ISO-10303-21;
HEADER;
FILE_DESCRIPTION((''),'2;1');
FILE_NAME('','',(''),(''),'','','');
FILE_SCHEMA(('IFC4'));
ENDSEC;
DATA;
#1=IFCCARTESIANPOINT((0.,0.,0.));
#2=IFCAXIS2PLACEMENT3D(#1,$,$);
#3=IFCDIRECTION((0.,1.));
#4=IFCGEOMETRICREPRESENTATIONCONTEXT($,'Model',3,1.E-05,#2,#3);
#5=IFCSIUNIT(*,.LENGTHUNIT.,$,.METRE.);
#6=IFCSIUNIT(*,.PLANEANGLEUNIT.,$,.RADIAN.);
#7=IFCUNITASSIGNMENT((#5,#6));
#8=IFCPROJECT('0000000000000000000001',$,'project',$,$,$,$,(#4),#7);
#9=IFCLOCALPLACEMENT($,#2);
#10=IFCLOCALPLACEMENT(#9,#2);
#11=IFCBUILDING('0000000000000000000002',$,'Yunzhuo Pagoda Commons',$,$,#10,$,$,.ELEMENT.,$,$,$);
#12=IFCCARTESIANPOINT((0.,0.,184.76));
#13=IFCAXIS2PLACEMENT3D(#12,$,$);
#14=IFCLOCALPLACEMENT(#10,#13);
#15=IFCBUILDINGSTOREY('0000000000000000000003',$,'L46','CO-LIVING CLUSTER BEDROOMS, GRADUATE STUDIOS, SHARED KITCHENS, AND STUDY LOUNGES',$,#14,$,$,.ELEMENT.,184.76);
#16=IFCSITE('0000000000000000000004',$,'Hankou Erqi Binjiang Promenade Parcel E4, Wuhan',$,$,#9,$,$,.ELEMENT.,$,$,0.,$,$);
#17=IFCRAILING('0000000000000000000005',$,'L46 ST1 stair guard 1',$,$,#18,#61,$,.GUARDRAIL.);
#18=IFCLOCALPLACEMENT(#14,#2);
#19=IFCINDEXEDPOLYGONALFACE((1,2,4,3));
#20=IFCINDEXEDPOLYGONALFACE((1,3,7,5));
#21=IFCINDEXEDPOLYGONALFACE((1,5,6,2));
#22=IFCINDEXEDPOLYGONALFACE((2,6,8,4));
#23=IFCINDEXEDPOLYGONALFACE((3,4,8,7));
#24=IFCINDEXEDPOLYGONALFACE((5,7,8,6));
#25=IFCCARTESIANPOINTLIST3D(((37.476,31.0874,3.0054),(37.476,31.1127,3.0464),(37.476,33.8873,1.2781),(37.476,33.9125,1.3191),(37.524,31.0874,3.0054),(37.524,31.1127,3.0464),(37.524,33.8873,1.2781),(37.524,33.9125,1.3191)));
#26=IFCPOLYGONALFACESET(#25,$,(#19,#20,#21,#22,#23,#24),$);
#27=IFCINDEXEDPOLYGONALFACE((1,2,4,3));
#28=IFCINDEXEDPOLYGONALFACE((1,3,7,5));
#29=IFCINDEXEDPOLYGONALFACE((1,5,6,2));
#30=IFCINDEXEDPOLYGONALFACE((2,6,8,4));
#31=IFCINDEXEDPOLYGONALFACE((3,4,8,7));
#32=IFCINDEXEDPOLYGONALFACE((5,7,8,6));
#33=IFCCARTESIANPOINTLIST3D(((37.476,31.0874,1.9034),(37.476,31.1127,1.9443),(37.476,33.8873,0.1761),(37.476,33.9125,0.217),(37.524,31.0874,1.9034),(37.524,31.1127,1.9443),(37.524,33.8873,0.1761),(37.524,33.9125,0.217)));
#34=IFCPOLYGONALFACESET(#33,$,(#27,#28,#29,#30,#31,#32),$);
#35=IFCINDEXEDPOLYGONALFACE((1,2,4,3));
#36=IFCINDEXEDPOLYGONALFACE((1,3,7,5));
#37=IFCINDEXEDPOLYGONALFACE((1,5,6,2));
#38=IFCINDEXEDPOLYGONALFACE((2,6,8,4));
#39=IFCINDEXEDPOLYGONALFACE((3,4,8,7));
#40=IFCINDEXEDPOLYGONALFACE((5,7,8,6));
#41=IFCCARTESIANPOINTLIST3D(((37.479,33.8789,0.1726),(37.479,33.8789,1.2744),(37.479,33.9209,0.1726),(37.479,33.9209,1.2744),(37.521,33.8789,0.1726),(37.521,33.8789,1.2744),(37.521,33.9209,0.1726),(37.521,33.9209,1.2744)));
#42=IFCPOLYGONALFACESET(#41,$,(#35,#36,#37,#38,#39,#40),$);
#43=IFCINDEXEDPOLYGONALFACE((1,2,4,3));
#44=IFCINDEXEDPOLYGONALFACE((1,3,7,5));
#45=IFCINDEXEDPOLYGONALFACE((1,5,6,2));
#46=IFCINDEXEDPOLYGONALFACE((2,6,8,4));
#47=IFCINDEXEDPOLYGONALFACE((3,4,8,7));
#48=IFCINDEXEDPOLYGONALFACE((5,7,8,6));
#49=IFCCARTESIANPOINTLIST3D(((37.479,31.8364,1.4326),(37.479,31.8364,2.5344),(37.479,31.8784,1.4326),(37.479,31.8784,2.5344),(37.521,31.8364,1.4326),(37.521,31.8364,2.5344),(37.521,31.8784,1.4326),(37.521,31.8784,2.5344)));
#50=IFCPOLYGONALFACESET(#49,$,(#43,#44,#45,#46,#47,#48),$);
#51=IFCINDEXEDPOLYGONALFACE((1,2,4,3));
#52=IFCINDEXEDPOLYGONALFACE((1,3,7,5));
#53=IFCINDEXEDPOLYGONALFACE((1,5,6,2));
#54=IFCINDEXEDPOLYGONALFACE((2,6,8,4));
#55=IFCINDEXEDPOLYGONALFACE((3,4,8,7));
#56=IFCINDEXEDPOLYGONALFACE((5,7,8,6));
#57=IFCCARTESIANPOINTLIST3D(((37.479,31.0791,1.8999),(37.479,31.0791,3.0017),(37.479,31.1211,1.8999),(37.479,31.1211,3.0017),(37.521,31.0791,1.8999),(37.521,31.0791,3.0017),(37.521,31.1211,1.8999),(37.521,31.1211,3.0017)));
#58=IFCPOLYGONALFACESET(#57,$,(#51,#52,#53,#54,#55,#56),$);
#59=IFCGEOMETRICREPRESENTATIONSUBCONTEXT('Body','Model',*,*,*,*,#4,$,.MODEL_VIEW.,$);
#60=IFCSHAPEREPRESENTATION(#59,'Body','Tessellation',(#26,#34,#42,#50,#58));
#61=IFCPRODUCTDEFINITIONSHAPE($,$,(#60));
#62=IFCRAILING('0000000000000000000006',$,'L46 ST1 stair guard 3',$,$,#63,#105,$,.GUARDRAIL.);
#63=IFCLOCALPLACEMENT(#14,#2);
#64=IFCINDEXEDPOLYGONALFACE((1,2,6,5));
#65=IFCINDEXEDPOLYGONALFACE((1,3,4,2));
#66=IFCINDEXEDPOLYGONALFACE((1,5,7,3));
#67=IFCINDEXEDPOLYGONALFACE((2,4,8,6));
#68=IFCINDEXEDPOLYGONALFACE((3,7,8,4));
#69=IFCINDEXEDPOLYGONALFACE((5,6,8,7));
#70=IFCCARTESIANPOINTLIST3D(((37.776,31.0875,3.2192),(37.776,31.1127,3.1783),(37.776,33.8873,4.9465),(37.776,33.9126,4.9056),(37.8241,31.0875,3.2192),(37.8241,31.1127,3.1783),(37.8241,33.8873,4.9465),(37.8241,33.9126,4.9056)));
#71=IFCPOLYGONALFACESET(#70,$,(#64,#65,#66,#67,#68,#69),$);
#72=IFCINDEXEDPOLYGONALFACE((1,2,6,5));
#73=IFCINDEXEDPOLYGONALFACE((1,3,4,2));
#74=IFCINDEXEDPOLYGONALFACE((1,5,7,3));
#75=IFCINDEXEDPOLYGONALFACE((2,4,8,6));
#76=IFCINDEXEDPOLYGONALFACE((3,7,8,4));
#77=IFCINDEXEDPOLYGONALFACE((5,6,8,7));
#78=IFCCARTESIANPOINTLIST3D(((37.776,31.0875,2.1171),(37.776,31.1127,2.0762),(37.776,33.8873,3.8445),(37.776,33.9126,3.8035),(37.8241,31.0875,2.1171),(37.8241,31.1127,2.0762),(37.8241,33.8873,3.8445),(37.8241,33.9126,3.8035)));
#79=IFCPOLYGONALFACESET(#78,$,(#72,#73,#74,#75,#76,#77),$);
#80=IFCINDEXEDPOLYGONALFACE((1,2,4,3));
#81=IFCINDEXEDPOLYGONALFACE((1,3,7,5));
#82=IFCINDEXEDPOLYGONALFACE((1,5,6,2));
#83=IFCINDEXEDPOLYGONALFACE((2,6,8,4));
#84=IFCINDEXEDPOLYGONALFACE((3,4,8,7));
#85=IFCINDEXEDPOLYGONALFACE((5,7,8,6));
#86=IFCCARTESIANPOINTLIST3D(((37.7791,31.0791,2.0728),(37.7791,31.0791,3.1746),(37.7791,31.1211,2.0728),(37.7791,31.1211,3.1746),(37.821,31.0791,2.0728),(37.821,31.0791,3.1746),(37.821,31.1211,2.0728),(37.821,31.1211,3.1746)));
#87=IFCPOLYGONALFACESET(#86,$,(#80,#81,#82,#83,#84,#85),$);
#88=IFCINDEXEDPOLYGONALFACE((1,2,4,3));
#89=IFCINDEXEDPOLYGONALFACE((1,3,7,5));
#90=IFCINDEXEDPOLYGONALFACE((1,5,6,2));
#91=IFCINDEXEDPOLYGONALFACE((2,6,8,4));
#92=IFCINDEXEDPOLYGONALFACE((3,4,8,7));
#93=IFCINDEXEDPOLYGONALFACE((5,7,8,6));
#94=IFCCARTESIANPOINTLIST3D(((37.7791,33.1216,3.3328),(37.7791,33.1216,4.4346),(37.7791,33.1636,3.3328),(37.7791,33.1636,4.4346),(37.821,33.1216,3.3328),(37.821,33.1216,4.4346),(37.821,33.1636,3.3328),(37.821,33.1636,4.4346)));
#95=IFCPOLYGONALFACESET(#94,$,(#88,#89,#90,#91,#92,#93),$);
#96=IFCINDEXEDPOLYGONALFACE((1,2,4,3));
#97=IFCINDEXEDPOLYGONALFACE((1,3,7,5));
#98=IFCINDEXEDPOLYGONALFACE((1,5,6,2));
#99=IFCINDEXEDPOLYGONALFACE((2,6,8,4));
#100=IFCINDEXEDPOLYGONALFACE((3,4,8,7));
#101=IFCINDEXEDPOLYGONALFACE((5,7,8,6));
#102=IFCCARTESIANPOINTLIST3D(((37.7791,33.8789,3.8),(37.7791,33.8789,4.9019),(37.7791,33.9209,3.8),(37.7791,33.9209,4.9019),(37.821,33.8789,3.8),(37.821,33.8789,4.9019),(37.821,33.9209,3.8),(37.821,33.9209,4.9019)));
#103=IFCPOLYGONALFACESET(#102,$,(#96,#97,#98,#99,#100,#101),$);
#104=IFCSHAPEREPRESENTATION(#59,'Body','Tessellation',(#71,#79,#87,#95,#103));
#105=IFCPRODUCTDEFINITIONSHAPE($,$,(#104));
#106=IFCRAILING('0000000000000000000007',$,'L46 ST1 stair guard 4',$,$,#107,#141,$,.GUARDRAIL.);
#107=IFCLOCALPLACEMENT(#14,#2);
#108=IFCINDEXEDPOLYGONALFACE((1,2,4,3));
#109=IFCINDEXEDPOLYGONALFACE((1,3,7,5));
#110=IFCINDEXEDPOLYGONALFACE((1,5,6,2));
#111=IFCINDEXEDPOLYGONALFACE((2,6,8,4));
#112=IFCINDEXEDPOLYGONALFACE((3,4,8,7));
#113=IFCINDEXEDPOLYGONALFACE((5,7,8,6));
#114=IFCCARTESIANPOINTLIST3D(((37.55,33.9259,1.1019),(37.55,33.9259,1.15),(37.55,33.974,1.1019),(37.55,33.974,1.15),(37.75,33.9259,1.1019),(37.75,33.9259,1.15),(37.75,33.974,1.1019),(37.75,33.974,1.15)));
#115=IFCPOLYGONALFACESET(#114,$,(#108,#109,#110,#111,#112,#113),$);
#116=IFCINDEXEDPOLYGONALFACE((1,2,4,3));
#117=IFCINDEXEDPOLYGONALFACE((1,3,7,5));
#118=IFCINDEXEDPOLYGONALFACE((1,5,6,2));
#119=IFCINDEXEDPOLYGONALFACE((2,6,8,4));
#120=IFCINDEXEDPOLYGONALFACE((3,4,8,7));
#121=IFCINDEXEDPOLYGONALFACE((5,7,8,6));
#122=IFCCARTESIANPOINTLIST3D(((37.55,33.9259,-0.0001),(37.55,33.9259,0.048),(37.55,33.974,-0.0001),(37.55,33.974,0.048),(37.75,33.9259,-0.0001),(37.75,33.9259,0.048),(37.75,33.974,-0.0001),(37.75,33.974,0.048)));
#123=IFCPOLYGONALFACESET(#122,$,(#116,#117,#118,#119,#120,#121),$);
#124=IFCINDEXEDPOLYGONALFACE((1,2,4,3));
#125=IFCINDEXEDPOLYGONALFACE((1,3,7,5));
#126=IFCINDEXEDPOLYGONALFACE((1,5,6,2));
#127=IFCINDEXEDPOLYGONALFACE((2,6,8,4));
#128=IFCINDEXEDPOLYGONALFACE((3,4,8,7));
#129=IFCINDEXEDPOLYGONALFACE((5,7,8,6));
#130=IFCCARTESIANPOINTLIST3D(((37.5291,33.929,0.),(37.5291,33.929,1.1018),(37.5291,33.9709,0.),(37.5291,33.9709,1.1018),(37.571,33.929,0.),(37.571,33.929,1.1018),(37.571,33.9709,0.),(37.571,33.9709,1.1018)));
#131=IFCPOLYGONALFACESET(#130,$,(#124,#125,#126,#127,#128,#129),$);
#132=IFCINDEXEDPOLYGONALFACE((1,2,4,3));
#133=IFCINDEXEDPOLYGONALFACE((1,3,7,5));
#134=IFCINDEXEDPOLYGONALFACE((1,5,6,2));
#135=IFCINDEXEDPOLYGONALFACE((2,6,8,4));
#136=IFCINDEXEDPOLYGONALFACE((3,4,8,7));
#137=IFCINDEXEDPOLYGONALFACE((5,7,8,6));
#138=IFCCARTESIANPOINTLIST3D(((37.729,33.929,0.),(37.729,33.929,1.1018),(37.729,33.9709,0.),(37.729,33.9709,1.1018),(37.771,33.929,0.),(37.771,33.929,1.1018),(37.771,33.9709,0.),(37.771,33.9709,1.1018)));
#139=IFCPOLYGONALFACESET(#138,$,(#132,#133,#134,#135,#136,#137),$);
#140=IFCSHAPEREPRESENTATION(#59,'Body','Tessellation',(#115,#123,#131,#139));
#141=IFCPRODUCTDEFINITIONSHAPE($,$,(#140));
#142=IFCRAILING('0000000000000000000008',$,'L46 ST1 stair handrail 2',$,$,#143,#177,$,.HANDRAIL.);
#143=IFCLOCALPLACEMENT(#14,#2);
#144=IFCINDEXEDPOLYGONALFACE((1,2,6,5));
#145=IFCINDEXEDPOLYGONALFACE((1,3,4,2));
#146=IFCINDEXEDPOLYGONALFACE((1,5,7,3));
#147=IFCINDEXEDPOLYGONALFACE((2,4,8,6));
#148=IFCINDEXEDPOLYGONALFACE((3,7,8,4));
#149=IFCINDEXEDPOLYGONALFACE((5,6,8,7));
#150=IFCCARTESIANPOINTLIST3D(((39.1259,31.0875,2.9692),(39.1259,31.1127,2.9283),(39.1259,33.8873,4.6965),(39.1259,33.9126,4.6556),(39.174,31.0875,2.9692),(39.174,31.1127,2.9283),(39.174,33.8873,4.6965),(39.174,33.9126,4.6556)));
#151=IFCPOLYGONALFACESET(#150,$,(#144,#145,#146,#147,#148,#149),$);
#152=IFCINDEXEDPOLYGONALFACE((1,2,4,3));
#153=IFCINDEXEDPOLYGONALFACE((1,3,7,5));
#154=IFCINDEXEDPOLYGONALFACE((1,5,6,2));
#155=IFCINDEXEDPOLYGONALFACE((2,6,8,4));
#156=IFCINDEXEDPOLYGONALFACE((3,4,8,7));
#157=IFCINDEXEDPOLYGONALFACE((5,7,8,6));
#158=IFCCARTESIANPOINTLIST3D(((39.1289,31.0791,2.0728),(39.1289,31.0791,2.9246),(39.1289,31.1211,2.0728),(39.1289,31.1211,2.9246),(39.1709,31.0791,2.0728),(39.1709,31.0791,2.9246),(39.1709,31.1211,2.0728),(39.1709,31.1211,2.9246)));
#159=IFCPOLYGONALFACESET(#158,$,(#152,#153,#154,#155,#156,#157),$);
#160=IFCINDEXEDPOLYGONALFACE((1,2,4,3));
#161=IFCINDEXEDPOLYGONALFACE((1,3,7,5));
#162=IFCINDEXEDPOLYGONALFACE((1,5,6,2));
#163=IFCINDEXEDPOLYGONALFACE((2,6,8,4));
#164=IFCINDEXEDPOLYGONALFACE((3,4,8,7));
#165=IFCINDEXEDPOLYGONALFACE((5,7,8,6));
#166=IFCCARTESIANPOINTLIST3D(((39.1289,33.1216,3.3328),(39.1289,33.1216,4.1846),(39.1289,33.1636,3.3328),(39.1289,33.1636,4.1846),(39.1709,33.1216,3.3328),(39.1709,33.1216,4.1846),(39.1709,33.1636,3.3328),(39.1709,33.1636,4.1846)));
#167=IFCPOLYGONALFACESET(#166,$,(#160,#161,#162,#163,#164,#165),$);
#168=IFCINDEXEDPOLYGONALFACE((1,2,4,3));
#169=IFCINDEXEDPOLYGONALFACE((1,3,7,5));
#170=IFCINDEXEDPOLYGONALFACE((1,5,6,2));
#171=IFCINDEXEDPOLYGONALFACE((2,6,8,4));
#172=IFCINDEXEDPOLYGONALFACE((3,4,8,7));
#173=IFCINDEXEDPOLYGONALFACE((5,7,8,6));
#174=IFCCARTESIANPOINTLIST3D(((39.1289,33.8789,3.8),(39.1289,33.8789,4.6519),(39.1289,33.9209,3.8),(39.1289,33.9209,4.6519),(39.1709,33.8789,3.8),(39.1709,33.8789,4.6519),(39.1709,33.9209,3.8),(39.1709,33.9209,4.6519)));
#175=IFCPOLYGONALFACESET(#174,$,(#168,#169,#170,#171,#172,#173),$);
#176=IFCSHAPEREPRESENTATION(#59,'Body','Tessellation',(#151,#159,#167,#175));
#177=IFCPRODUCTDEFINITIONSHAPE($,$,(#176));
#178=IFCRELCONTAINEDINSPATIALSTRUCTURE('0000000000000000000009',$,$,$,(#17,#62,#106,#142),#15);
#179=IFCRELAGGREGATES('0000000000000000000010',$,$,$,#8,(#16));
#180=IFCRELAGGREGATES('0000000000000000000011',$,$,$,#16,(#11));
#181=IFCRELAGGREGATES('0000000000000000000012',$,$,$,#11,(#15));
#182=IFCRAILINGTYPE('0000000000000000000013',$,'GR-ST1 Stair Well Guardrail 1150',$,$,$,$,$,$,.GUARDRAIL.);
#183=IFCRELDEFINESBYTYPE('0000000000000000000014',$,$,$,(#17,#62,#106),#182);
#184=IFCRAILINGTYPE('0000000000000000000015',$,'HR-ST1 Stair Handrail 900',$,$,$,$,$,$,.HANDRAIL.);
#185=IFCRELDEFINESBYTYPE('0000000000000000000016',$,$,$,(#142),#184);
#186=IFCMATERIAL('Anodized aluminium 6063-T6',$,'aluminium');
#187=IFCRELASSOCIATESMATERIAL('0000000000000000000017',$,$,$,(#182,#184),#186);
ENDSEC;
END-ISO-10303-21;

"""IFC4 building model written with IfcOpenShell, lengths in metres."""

from ifc_helpers import new_model, si_unit, direction, frame, origin, origin_2d, place, context, subcontext, project, spatial, rectangle, extrude, material, type_object, element, save


model = new_model("IFC4")

# Units and contexts
model_context = context("Model", 3, precision=1e-05, world=origin(), true_north=direction((0.0, 1.0)))
body_context = subcontext(model_context, "Body", "Model", "MODEL_VIEW")
ifc_project = project(units=[si_unit("LENGTHUNIT", "METRE"), si_unit("PLANEANGLEUNIT", "RADIAN")], contexts=[model_context])

# Site, building, storey
site_placement = place(None, origin())
site = spatial("IfcSite", under=ifc_project, at=site_placement, Name="Hankou Erqi Binjiang Promenade Parcel E4, Wuhan", CompositionType="ELEMENT", RefElevation=0.0)
building_placement = place(site_placement, origin())
building = spatial("IfcBuilding", under=site, at=building_placement, Name="Yunzhuo Pagoda Commons", CompositionType="ELEMENT")
storey_placement = place(building_placement, frame((0.0, 0.0, 184.76)))
storey = spatial("IfcBuildingStorey", under=building, at=storey_placement, Name="L46", Description="CO-LIVING CLUSTER BEDROOMS, GRADUATE STUDIOS, SHARED KITCHENS, AND STUDY LOUNGES", CompositionType="ELEMENT", Elevation=184.76)

# Railings
ifc_material_1 = material(Name="Anodized aluminium 6063-T6", Category="aluminium")
railing_type_1 = type_object("IfcRailingType", Name="GR-ST1 Stair Well Guardrail 1150", PredefinedType="GUARDRAIL", material=ifc_material_1)
railing_1_placement = place(storey_placement, frame((37.5, 33.8999, 0.1726)))
element("IfcRailing", 1, at=railing_1_placement, inside=storey, type_object=railing_type_1, Name="L46 ST1 stair guard 1", PredefinedType="GUARDRAIL", context=body_context, shape_type="SweptSolid", body=[
    extrude(rectangle(XDim=0.0481, YDim=0.0481, at=origin_2d()), frame((0.0, 0.0, 1.126), z_axis=(0.0, -0.851069, 0.525054), x_axis=(1.0, 0.0, 0.0)), (0.0, 0.0, 1.0), 3.2898),
    extrude(rectangle(XDim=0.0481, YDim=0.0481, at=origin_2d()), frame((0.0, 0.0, 0.0239), z_axis=(0.0, -0.851069, 0.525054), x_axis=(1.0, 0.0, 0.0)), (0.0, 0.0, 1.0), 3.2898),
    extrude(rectangle(XDim=0.042, YDim=0.042, at=origin_2d()), origin(), (0.0, 0.0, 1.0), 1.1018),
    extrude(rectangle(XDim=0.042, YDim=0.042, at=origin_2d()), frame((0.0, -2.0425, 1.26)), (0.0, 0.0, 1.0), 1.1018),
    extrude(rectangle(XDim=0.042, YDim=0.042, at=origin_2d()), frame((0.0, -2.7998, 1.7273)), (0.0, 0.0, 1.0), 1.1018),
])
railing_2_placement = place(storey_placement, frame((37.8, 31.1001, 2.0728)))
element("IfcRailing", 2, at=railing_2_placement, inside=storey, type_object=railing_type_1, Name="L46 ST1 stair guard 3", PredefinedType="GUARDRAIL", context=body_context, shape_type="SweptSolid", body=[
    extrude(rectangle(XDim=0.0481, YDim=0.0481, at=origin_2d()), frame((0.0, 0.0, 1.126), z_axis=(0.0, 0.851069, 0.525054), x_axis=(-1.0, 0.0, 0.0)), (0.0, 0.0, 1.0), 3.2898),
    extrude(rectangle(XDim=0.0481, YDim=0.0481, at=origin_2d()), frame((0.0, 0.0, 0.0239), z_axis=(0.0, 0.851069, 0.525054), x_axis=(-1.0, 0.0, 0.0)), (0.0, 0.0, 1.0), 3.2898),
    extrude(rectangle(XDim=0.042, YDim=0.042, at=origin_2d()), origin(), (0.0, 0.0, 1.0), 1.1018),
    extrude(rectangle(XDim=0.042, YDim=0.042, at=origin_2d()), frame((0.0, 2.0425, 1.26)), (0.0, 0.0, 1.0), 1.1018),
    extrude(rectangle(XDim=0.042, YDim=0.042, at=origin_2d()), frame((0.0, 2.7998, 1.7273)), (0.0, 0.0, 1.0), 1.1018),
])
railing_3_placement = place(storey_placement, frame((37.55, 33.95, 0.0)))
element("IfcRailing", 3, at=railing_3_placement, inside=storey, type_object=railing_type_1, Name="L46 ST1 stair guard 4", PredefinedType="GUARDRAIL", context=body_context, shape_type="SweptSolid", body=[
    extrude(rectangle(XDim=0.0481, YDim=0.0481, at=origin_2d()), frame((0.0, 0.0, 1.126), z_axis=(1.0, 0.0, 0.0), x_axis=(0.0, 1.0, 0.0)), (0.0, 0.0, 1.0), 0.2),
    extrude(rectangle(XDim=0.0481, YDim=0.0481, at=origin_2d()), frame((0.0, 0.0, 0.0239), z_axis=(1.0, 0.0, 0.0), x_axis=(0.0, 1.0, 0.0)), (0.0, 0.0, 1.0), 0.2),
    extrude(rectangle(XDim=0.042, YDim=0.042, at=origin_2d()), origin(), (0.0, 0.0, 1.0), 1.1018),
    extrude(rectangle(XDim=0.042, YDim=0.042, at=origin_2d()), frame((0.2, 0.0, 0.0)), (0.0, 0.0, 1.0), 1.1018),
])
railing_type_2 = type_object("IfcRailingType", Name="HR-ST1 Stair Handrail 900", PredefinedType="HANDRAIL", material=ifc_material_1)
railing_4_placement = place(storey_placement, frame((39.1499, 31.1001, 2.0728)))
element("IfcRailing", 4, at=railing_4_placement, inside=storey, type_object=railing_type_2, Name="L46 ST1 stair handrail 2", PredefinedType="HANDRAIL", context=body_context, shape_type="SweptSolid", body=[
    extrude(rectangle(XDim=0.0481, YDim=0.0481, at=origin_2d()), frame((0.0, 0.0, 0.876), z_axis=(0.0, 0.851069, 0.525054), x_axis=(-1.0, 0.0, 0.0)), (0.0, 0.0, 1.0), 3.2898),
    extrude(rectangle(XDim=0.042, YDim=0.042, at=origin_2d()), origin(), (0.0, 0.0, 1.0), 0.8518),
    extrude(rectangle(XDim=0.042, YDim=0.042, at=origin_2d()), frame((0.0, 2.0425, 1.26)), (0.0, 0.0, 1.0), 0.8518),
    extrude(rectangle(XDim=0.042, YDim=0.042, at=origin_2d()), frame((0.0, 2.7998, 1.7273)), (0.0, 0.0, 1.0), 0.8518),
])

save(model, "model.ifc")
